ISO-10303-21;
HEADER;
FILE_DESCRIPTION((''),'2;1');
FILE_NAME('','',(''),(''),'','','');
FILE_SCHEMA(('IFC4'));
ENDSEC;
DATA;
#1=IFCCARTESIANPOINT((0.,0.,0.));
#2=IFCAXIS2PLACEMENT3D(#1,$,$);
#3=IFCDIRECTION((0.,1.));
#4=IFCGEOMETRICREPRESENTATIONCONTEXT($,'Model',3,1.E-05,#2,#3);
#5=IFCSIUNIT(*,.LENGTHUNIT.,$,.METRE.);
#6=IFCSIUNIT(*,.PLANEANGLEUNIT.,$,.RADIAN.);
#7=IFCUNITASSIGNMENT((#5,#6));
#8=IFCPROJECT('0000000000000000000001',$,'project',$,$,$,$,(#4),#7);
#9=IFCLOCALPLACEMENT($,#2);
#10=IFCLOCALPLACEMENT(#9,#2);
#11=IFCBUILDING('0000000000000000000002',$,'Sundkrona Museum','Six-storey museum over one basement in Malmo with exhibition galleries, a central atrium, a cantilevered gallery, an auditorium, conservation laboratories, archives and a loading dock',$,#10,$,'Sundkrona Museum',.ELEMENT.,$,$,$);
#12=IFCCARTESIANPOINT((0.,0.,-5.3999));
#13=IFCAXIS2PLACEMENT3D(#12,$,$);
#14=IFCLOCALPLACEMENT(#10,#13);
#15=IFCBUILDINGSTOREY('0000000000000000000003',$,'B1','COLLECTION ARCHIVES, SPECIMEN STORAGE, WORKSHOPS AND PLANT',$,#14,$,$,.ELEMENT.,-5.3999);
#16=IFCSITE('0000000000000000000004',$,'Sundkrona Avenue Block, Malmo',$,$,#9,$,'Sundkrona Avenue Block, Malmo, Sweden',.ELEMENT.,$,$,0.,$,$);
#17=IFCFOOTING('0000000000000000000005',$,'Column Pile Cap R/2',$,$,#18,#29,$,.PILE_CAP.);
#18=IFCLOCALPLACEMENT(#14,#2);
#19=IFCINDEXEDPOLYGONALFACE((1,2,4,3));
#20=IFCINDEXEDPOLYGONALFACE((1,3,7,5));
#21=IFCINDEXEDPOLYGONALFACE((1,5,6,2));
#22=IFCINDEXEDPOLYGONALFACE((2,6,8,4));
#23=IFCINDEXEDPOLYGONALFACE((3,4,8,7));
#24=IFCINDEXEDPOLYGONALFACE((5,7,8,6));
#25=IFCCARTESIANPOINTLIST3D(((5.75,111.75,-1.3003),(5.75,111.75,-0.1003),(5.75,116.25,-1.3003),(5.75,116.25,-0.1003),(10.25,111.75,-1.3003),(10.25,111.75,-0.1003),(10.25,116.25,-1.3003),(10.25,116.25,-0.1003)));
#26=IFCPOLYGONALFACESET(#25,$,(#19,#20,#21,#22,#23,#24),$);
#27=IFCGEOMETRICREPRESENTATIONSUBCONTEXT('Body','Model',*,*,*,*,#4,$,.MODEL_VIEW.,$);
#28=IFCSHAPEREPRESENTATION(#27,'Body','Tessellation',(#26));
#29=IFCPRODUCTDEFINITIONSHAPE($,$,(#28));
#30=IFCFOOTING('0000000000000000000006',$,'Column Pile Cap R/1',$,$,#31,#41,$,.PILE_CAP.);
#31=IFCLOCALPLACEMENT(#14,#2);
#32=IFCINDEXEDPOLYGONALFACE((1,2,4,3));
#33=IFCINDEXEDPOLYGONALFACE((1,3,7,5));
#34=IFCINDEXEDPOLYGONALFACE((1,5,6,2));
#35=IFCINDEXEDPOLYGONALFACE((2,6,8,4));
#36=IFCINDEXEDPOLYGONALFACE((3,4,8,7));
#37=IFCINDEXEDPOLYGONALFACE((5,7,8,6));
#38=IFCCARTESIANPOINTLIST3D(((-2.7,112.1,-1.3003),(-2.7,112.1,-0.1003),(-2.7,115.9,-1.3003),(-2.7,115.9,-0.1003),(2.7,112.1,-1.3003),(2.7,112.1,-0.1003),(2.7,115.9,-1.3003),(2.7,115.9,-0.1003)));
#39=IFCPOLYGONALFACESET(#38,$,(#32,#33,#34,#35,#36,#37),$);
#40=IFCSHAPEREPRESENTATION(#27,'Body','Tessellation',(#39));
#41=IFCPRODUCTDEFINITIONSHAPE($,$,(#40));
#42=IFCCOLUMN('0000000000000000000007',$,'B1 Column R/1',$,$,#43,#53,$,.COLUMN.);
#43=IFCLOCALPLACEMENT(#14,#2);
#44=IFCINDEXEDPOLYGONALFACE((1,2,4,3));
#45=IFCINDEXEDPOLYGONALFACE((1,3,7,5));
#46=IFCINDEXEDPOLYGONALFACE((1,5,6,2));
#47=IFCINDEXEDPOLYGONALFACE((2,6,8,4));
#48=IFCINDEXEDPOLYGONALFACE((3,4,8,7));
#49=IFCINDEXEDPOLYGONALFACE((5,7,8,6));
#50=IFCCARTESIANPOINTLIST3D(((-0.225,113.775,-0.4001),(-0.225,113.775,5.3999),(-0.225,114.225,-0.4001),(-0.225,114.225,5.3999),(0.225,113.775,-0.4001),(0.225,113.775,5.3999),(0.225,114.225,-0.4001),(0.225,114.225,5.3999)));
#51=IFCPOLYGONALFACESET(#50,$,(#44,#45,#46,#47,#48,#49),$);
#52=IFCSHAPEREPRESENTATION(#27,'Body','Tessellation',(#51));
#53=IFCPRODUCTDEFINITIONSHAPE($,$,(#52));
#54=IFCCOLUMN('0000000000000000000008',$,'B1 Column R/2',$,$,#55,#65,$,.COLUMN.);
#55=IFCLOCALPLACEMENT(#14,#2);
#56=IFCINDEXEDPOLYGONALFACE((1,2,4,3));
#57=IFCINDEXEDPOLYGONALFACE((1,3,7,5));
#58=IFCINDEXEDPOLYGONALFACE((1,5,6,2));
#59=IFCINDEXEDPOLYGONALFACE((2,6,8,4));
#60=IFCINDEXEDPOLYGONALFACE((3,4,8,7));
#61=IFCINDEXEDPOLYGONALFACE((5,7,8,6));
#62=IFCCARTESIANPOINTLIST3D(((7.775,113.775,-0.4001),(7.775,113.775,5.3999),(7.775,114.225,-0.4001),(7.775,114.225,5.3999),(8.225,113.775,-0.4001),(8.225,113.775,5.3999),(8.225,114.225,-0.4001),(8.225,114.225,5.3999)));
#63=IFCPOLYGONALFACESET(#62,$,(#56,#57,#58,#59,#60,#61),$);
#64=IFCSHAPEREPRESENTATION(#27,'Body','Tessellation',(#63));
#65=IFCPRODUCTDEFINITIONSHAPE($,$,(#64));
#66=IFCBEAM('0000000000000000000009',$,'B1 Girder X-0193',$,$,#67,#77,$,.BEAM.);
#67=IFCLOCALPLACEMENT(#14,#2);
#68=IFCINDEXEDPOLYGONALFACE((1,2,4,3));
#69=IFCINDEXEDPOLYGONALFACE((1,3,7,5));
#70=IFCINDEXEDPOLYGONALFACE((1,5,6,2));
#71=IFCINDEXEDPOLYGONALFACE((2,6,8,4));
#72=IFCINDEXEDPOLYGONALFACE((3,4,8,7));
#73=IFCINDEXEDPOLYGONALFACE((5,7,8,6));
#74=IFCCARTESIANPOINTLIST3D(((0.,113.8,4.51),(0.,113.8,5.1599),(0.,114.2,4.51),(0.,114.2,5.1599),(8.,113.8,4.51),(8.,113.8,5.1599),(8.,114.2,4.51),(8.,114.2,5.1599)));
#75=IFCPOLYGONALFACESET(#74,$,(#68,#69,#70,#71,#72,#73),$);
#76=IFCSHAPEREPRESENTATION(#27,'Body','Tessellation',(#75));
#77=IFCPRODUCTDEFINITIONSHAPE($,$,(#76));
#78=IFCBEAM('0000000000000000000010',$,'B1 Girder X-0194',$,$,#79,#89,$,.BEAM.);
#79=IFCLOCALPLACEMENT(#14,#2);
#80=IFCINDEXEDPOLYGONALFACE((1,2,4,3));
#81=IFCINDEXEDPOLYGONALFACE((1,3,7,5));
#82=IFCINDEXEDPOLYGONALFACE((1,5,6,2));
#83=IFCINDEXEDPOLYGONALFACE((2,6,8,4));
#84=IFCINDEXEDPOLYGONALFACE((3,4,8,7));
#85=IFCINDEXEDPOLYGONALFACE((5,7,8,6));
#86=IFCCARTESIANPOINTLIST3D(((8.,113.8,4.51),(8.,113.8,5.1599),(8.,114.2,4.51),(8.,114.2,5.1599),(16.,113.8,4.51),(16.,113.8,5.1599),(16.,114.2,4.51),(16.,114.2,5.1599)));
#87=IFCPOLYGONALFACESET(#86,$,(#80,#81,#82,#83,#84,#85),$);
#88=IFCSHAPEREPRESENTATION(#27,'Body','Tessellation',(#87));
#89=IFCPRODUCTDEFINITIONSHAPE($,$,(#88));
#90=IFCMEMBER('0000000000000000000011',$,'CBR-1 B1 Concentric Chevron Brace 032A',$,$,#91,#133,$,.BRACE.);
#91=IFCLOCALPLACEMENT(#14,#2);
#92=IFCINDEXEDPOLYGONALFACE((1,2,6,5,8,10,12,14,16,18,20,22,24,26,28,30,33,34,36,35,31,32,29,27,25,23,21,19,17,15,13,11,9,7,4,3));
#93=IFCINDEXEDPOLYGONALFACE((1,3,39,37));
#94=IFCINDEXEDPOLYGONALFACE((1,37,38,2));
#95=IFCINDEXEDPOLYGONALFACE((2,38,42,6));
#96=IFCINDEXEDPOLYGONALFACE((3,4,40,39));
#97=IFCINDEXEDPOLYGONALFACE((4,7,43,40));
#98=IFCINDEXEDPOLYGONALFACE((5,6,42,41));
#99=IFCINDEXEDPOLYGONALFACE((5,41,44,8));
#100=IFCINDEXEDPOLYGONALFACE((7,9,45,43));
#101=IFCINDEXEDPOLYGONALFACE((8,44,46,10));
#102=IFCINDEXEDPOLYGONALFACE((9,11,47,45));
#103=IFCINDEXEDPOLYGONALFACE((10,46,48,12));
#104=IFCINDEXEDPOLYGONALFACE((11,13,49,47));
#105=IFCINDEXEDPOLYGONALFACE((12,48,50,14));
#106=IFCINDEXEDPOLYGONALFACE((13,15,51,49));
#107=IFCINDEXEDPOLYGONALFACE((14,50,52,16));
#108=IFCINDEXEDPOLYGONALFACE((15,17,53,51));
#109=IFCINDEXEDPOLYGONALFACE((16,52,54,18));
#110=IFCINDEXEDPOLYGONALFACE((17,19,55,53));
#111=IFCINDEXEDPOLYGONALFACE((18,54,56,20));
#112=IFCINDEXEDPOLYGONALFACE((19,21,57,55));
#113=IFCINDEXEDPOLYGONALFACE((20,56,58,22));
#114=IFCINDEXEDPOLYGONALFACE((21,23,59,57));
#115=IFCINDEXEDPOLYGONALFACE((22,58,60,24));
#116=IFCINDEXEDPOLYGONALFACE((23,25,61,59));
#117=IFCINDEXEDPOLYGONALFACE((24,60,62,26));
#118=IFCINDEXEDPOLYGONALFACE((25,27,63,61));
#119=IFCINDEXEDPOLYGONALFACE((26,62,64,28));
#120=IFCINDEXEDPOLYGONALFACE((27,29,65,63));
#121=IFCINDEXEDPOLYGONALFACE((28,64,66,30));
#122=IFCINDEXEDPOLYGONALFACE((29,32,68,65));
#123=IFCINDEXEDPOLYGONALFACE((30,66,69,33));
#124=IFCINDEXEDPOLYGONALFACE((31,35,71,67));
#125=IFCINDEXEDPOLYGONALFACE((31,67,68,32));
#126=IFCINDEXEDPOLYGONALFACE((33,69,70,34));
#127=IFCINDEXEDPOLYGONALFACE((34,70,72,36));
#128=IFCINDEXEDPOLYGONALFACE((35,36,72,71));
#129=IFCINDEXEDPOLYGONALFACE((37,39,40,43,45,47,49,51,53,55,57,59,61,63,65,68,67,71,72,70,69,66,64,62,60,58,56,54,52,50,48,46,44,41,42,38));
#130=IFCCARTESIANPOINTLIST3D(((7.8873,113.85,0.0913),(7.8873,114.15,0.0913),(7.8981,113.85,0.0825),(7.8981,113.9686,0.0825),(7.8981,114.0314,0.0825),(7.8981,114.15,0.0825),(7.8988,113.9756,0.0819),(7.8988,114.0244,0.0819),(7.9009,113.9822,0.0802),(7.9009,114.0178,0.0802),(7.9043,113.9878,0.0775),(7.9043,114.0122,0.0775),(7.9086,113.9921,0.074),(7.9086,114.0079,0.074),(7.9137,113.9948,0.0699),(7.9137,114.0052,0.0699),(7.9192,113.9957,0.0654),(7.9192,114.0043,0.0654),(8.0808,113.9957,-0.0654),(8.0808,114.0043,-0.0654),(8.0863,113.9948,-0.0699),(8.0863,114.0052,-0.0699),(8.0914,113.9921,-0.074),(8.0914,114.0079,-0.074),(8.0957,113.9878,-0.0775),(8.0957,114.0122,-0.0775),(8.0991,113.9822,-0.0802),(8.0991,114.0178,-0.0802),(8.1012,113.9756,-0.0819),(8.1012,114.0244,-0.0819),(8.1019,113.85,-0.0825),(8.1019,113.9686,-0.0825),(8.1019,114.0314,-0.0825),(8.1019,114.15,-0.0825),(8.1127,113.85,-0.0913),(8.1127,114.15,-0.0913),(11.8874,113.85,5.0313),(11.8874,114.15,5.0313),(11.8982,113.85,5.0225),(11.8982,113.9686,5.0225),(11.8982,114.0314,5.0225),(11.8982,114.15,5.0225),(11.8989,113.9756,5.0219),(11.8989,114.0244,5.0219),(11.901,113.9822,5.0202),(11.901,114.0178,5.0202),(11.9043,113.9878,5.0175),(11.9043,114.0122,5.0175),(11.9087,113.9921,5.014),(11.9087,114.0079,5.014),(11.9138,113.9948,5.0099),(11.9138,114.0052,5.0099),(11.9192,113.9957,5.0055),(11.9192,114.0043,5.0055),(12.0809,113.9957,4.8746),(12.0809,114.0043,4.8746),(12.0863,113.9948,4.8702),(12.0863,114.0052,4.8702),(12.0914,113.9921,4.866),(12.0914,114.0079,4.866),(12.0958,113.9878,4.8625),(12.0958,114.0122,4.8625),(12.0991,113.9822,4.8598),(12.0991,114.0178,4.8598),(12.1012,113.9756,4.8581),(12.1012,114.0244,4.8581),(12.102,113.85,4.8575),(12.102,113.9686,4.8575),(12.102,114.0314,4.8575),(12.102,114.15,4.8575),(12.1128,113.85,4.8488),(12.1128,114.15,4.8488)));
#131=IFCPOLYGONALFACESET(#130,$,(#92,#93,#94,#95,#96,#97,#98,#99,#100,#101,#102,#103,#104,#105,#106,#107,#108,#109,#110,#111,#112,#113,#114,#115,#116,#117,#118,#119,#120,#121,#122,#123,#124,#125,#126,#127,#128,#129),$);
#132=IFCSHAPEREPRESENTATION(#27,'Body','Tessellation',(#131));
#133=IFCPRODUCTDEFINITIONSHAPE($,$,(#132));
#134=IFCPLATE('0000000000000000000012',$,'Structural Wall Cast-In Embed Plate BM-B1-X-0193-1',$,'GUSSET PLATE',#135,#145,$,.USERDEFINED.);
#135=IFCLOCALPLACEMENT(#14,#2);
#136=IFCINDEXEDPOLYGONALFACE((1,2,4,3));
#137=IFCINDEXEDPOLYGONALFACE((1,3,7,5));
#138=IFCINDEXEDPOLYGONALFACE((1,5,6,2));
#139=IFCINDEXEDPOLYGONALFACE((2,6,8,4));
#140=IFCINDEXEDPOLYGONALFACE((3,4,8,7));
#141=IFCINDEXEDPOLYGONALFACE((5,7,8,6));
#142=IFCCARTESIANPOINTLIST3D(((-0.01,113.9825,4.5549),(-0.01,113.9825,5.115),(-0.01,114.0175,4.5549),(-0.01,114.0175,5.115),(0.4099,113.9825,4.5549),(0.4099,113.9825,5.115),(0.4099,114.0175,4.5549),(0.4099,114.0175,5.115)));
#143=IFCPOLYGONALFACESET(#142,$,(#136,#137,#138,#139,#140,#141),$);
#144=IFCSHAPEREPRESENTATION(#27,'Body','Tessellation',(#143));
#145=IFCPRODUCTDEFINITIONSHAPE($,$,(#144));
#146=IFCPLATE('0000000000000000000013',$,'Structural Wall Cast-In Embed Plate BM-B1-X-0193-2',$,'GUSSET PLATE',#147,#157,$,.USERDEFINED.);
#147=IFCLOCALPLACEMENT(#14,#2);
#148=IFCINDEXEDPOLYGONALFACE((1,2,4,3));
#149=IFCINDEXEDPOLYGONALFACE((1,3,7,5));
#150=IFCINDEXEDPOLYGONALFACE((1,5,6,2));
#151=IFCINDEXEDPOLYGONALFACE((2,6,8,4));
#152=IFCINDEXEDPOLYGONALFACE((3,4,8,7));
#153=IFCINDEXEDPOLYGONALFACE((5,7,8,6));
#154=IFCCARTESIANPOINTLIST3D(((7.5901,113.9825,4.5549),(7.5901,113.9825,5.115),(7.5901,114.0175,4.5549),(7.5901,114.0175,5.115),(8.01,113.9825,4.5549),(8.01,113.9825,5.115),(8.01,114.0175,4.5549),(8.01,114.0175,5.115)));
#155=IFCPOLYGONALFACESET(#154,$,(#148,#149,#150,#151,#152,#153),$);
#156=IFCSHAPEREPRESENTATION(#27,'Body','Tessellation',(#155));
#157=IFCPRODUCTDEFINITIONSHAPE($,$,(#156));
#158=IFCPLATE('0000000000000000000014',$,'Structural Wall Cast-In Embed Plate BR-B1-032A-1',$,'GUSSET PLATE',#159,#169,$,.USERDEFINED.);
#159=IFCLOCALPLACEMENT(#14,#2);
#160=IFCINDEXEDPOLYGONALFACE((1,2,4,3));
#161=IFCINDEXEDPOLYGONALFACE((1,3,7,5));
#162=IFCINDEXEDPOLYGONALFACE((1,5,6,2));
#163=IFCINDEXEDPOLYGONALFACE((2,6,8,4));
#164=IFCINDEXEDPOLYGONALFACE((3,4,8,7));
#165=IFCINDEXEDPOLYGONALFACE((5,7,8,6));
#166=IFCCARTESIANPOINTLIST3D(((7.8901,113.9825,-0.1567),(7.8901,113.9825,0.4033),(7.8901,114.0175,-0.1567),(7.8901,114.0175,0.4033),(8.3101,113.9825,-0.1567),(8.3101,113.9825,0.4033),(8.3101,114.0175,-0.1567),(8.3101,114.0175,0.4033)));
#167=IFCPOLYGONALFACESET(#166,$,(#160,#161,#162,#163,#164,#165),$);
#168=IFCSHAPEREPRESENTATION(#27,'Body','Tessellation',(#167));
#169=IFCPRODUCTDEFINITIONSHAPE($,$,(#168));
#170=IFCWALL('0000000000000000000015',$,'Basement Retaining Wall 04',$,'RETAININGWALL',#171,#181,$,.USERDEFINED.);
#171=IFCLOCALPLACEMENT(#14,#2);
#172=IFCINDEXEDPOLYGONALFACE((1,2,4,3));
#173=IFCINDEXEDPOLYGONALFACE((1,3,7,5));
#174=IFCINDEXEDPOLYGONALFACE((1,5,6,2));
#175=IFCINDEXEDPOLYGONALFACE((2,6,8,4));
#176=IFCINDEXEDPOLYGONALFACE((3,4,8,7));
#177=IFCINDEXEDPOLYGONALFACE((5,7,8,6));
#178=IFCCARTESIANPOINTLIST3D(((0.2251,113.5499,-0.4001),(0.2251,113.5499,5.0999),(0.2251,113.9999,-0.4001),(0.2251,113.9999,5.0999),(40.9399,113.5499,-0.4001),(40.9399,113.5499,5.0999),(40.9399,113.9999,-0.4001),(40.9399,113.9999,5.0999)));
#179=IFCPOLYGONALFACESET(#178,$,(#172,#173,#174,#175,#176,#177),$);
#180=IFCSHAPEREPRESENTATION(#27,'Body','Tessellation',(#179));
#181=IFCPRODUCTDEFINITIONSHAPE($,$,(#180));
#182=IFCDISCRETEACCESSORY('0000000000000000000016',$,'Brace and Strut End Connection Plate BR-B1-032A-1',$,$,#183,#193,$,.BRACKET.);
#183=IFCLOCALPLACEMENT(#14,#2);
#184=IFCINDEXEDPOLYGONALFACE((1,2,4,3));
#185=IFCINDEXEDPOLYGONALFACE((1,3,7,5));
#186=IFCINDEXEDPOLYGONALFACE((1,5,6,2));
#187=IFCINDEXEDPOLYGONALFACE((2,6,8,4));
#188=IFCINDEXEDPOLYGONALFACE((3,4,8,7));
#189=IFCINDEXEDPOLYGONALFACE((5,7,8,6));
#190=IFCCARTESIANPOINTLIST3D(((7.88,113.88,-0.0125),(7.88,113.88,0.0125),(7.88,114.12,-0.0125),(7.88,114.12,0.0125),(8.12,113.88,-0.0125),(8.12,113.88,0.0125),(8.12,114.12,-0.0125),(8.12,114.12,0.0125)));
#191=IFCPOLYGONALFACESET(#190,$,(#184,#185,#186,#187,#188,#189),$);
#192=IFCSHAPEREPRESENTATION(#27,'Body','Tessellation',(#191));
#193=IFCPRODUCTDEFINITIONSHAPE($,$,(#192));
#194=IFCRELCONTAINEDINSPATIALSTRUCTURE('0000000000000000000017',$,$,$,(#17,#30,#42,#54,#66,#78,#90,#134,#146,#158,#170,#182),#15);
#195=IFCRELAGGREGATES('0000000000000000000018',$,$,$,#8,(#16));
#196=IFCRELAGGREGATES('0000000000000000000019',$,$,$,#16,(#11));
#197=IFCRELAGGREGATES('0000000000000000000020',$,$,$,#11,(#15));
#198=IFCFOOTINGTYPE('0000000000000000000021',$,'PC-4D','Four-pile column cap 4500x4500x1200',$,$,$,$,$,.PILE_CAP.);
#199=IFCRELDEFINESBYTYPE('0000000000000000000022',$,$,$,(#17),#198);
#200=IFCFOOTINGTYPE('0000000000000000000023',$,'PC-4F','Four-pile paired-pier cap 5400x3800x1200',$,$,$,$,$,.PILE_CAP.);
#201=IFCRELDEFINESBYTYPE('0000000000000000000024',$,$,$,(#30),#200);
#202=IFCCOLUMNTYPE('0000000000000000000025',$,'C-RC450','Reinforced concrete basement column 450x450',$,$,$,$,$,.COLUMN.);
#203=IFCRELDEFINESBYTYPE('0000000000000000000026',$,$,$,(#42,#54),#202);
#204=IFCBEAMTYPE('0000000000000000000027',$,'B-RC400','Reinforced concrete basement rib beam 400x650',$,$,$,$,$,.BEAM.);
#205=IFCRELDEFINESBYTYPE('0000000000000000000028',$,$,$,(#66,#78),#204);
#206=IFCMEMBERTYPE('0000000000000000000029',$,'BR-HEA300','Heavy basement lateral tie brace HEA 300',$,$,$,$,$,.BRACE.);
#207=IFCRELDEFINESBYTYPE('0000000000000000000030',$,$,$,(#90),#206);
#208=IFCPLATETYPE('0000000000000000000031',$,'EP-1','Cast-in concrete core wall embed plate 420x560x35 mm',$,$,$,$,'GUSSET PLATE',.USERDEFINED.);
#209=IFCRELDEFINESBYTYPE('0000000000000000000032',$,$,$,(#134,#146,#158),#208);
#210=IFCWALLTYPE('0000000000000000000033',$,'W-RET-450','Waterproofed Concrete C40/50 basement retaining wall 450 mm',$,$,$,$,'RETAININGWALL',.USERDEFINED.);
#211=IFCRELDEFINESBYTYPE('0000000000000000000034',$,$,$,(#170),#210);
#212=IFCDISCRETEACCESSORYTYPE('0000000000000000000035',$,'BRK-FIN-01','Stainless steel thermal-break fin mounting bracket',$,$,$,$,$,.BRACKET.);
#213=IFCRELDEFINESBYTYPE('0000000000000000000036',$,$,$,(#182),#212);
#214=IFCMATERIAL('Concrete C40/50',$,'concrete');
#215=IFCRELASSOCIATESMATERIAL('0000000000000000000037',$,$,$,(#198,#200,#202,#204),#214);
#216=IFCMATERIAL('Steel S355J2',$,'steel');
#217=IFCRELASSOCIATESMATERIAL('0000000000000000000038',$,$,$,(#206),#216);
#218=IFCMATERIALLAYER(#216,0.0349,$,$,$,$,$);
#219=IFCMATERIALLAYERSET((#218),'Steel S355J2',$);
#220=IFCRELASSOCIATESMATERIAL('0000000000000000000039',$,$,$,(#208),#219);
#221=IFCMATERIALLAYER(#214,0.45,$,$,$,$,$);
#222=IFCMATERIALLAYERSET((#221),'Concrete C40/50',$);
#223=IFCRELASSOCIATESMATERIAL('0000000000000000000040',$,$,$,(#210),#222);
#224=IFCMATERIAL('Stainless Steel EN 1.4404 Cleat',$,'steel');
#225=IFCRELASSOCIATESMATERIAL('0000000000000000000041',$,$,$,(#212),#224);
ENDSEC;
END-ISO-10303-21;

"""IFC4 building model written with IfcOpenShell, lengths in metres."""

from ifc_helpers import new_model, si_unit, direction, frame, frame_2d, origin, origin_2d, place, context, subcontext, project, spatial, rectangle, i_section, extrude, material, layer, layer_set, material_profile, profile_set, type_object, element, save


model = new_model("IFC4")

# Units and contexts
model_context = context("Model", 3, precision=1e-05, world=origin(), true_north=direction((0.0, 1.0)))
body_context = subcontext(model_context, "Body", "Model", "MODEL_VIEW")
ifc_project = project(units=[si_unit("LENGTHUNIT", "METRE"), si_unit("PLANEANGLEUNIT", "RADIAN")], contexts=[model_context])

# Site, building, storey
site_placement = place(None, origin())
site = spatial("IfcSite", under=ifc_project, at=site_placement, Name="Sundkrona Avenue Block, Malmo", LongName="Sundkrona Avenue Block, Malmo, Sweden", CompositionType="ELEMENT", RefElevation=0.0)
building_placement = place(site_placement, origin())
building = spatial("IfcBuilding", under=site, at=building_placement, Name="Sundkrona Museum", Description="Six-storey museum over one basement in Malmo with exhibition galleries, a central atrium, a cantilevered gallery, an auditorium, conservation laboratories, archives and a loading dock", LongName="Sundkrona Museum", CompositionType="ELEMENT")
storey_placement = place(building_placement, frame((0.0, 0.0, -5.3999)))
storey = spatial("IfcBuildingStorey", under=building, at=storey_placement, Name="B1", Description="COLLECTION ARCHIVES, SPECIMEN STORAGE, WORKSHOPS AND PLANT", CompositionType="ELEMENT", Elevation=-5.3999)

# Shared definitions
ifc_material_1 = material(Name="Concrete C40/50", Category="concrete")

# Footings
footing_type_1 = type_object("IfcFootingType", Name="PC-4D", Description="Four-pile column cap 4500x4500x1200", PredefinedType="PILE_CAP", material=ifc_material_1)
footing_1_placement = place(storey_placement, frame((8.0, 114.0, -1.3003), z_axis=(0.0, 0.0, 1.0), x_axis=(1.0, 0.0, 0.0)))
element("IfcFooting", 1, at=footing_1_placement, inside=storey, type_object=footing_type_1, Name="Column Pile Cap R/2", PredefinedType="PILE_CAP", context=body_context, shape_type="SweptSolid", body=[
    extrude(rectangle(XDim=4.5, YDim=4.5, at=origin_2d()), origin(), (0.0, 0.0, 1.0), 1.2),
])
footing_type_2 = type_object("IfcFootingType", Name="PC-4F", Description="Four-pile paired-pier cap 5400x3800x1200", PredefinedType="PILE_CAP", material=ifc_material_1)
footing_2_placement = place(storey_placement, frame((0.0, 114.0, -1.3003), z_axis=(0.0, 0.0, 1.0), x_axis=(1.0, 0.0, 0.0)))
element("IfcFooting", 2, at=footing_2_placement, inside=storey, type_object=footing_type_2, Name="Column Pile Cap R/1", PredefinedType="PILE_CAP", context=body_context, shape_type="SweptSolid", body=[
    extrude(rectangle(XDim=5.3999, YDim=3.8, at=origin_2d()), origin(), (0.0, 0.0, 1.0), 1.2),
])

# Columns
ifc_material_profile_1 = material_profile(ifc_material_1, rectangle(XDim=0.45, YDim=0.45, at=origin_2d()), Name="RC 450x450")
ifc_profile_set_1 = profile_set([ifc_material_profile_1], Name="Concrete C40/50")
column_type = type_object("IfcColumnType", Name="C-RC450", Description="Reinforced concrete basement column 450x450", PredefinedType="COLUMN", material=ifc_profile_set_1)
for number, where, z_axis, x_axis, name in (
    (3, (0.0, 114.0, -0.4001), (0.0, 0.0, 1.0), (1.0, 0.0, 0.0), "B1 Column R/1"),
    (4, (8.0, 114.0, -0.4001), (0.0, 0.0, 1.0), (1.0, 0.0, 0.0), "B1 Column R/2"),
):
    element("IfcColumn", number, at=place(storey_placement, frame(where, z_axis=z_axis, x_axis=x_axis)), inside=storey, type_object=column_type, Name=name, PredefinedType="COLUMN", context=body_context, shape_type="SweptSolid", body=[
        extrude(rectangle(XDim=0.45, YDim=0.45, at=origin_2d()), origin(), (0.0, 0.0, 1.0), 5.8),
    ])

# Beams
ifc_material_profile_2 = material_profile(ifc_material_1, rectangle(XDim=0.3999, YDim=0.6499, at=origin_2d()), Name="RCB 400x650")
ifc_profile_set_2 = profile_set([ifc_material_profile_2], Name="Concrete C40/50")
beam_type = type_object("IfcBeamType", Name="B-RC400", Description="Reinforced concrete basement rib beam 400x650", PredefinedType="BEAM", material=ifc_profile_set_2)
for number, where, z_axis, x_axis, name in (
    (5, (0.0, 114.0, 4.835), (1.0, 0.0, 0.0), (0.0, 1.0, 0.0), "B1 Girder X-0193"),
    (6, (8.0, 114.0, 4.835), (1.0, 0.0, 0.0), (0.0, 1.0, 0.0), "B1 Girder X-0194"),
):
    element("IfcBeam", number, at=place(storey_placement, frame(where, z_axis=z_axis, x_axis=x_axis)), inside=storey, type_object=beam_type, Name=name, PredefinedType="BEAM", context=body_context, shape_type="SweptSolid", body=[
        extrude(rectangle(XDim=0.3999, YDim=0.6499, at=origin_2d()), origin(), (0.0, 0.0, 1.0), 8.0),
    ])

# Member
ifc_material_2 = material(Name="Steel S355J2", Category="steel")
ifc_material_profile_3 = material_profile(ifc_material_2, i_section(OverallWidth=0.3, OverallDepth=0.29, WebThickness=0.0085, FlangeThickness=0.0139, FilletRadius=0.0271, at=origin_2d()), Name="HEA 300")
ifc_profile_set_3 = profile_set([ifc_material_profile_3], Name="Steel S355J2")
member_type = type_object("IfcMemberType", Name="BR-HEA300", Description="Heavy basement lateral tie brace HEA 300", PredefinedType="BRACE", material=ifc_profile_set_3)
member_placement = place(storey_placement, frame((8.0, 114.0, 0.0), z_axis=(0.629293, 0.0, 0.777168), x_axis=(0.0, 1.0, 0.0)))
element("IfcMember", 7, at=member_placement, inside=storey, type_object=member_type, Name="CBR-1 B1 Concentric Chevron Brace 032A", PredefinedType="BRACE", context=body_context, shape_type="SweptSolid", body=[
    extrude(i_section(OverallWidth=0.3, OverallDepth=0.29, WebThickness=0.0085, FlangeThickness=0.0139, FilletRadius=0.0271, at=origin_2d()), origin(), (0.0, 0.0, 1.0), 6.3564),
])

# Plates
ifc_layer_1 = layer(ifc_material_2, 0.0349)
ifc_layer_set_1 = layer_set([ifc_layer_1], Name="Steel S355J2")
plate_type = type_object("IfcPlateType", Name="EP-1", Description="Cast-in concrete core wall embed plate 420x560x35 mm", ElementType="GUSSET PLATE", PredefinedType="USERDEFINED", material=ifc_layer_set_1)
for number, where, z_axis, x_axis, name in (
    (8, (0.2, 114.0, 4.5549), (0.0, 0.0, 1.0), (1.0, 0.0, 0.0), "Structural Wall Cast-In Embed Plate BM-B1-X-0193-1"),
    (9, (7.8, 114.0, 4.5549), (0.0, 0.0, 1.0), (1.0, 0.0, 0.0), "Structural Wall Cast-In Embed Plate BM-B1-X-0193-2"),
    (10, (8.1001, 114.0, -0.1567), (0.0, 0.0, 1.0), (1.0, 0.0, 0.0), "Structural Wall Cast-In Embed Plate BR-B1-032A-1"),
):
    element("IfcPlate", number, at=place(storey_placement, frame(where, z_axis=z_axis, x_axis=x_axis)), inside=storey, type_object=plate_type, Name=name, ObjectType="GUSSET PLATE", PredefinedType="USERDEFINED", context=body_context, shape_type="SweptSolid", body=[
        extrude(rectangle(XDim=0.4199, YDim=0.0349, at=origin_2d()), origin(), (0.0, 0.0, 1.0), 0.5601),
    ])

# Wall
ifc_layer_2 = layer(ifc_material_1, 0.45)
ifc_layer_set_2 = layer_set([ifc_layer_2], Name="Concrete C40/50")
wall_type = type_object("IfcWallType", Name="W-RET-450", Description="Waterproofed Concrete C40/50 basement retaining wall 450 mm", ElementType="RETAININGWALL", PredefinedType="USERDEFINED", material=ifc_layer_set_2)
wall_placement = place(storey_placement, frame((0.2251, 113.7749, -0.4001), z_axis=(0.0, 0.0, 1.0), x_axis=(1.0, 0.0, 0.0)))
element("IfcWall", 11, at=wall_placement, inside=storey, type_object=wall_type, Name="Basement Retaining Wall 04", ObjectType="RETAININGWALL", PredefinedType="USERDEFINED", context=body_context, shape_type="SweptSolid", body=[
    extrude(rectangle(XDim=40.7148, YDim=0.45, at=frame_2d((20.3574, 0.0))), origin(), (0.0, 0.0, 1.0), 5.5),
])

# Discrete accessory
ifc_material_3 = material(Name="Stainless Steel EN 1.4404 Cleat", Category="steel")
discrete_accessory_type = type_object("IfcDiscreteAccessoryType", Name="BRK-FIN-01", Description="Stainless steel thermal-break fin mounting bracket", PredefinedType="BRACKET", material=ifc_material_3)
discrete_accessory_placement = place(storey_placement, frame((8.0, 114.0, -0.0125), z_axis=(0.0, 0.0, 1.0), x_axis=(1.0, 0.0, 0.0)))
element("IfcDiscreteAccessory", 12, at=discrete_accessory_placement, inside=storey, type_object=discrete_accessory_type, Name="Brace and Strut End Connection Plate BR-B1-032A-1", PredefinedType="BRACKET", context=body_context, shape_type="SweptSolid", body=[
    extrude(rectangle(XDim=0.24, YDim=0.24, at=origin_2d()), origin(), (0.0, 0.0, 1.0), 0.0249),
])

save(model, "model.ifc")
